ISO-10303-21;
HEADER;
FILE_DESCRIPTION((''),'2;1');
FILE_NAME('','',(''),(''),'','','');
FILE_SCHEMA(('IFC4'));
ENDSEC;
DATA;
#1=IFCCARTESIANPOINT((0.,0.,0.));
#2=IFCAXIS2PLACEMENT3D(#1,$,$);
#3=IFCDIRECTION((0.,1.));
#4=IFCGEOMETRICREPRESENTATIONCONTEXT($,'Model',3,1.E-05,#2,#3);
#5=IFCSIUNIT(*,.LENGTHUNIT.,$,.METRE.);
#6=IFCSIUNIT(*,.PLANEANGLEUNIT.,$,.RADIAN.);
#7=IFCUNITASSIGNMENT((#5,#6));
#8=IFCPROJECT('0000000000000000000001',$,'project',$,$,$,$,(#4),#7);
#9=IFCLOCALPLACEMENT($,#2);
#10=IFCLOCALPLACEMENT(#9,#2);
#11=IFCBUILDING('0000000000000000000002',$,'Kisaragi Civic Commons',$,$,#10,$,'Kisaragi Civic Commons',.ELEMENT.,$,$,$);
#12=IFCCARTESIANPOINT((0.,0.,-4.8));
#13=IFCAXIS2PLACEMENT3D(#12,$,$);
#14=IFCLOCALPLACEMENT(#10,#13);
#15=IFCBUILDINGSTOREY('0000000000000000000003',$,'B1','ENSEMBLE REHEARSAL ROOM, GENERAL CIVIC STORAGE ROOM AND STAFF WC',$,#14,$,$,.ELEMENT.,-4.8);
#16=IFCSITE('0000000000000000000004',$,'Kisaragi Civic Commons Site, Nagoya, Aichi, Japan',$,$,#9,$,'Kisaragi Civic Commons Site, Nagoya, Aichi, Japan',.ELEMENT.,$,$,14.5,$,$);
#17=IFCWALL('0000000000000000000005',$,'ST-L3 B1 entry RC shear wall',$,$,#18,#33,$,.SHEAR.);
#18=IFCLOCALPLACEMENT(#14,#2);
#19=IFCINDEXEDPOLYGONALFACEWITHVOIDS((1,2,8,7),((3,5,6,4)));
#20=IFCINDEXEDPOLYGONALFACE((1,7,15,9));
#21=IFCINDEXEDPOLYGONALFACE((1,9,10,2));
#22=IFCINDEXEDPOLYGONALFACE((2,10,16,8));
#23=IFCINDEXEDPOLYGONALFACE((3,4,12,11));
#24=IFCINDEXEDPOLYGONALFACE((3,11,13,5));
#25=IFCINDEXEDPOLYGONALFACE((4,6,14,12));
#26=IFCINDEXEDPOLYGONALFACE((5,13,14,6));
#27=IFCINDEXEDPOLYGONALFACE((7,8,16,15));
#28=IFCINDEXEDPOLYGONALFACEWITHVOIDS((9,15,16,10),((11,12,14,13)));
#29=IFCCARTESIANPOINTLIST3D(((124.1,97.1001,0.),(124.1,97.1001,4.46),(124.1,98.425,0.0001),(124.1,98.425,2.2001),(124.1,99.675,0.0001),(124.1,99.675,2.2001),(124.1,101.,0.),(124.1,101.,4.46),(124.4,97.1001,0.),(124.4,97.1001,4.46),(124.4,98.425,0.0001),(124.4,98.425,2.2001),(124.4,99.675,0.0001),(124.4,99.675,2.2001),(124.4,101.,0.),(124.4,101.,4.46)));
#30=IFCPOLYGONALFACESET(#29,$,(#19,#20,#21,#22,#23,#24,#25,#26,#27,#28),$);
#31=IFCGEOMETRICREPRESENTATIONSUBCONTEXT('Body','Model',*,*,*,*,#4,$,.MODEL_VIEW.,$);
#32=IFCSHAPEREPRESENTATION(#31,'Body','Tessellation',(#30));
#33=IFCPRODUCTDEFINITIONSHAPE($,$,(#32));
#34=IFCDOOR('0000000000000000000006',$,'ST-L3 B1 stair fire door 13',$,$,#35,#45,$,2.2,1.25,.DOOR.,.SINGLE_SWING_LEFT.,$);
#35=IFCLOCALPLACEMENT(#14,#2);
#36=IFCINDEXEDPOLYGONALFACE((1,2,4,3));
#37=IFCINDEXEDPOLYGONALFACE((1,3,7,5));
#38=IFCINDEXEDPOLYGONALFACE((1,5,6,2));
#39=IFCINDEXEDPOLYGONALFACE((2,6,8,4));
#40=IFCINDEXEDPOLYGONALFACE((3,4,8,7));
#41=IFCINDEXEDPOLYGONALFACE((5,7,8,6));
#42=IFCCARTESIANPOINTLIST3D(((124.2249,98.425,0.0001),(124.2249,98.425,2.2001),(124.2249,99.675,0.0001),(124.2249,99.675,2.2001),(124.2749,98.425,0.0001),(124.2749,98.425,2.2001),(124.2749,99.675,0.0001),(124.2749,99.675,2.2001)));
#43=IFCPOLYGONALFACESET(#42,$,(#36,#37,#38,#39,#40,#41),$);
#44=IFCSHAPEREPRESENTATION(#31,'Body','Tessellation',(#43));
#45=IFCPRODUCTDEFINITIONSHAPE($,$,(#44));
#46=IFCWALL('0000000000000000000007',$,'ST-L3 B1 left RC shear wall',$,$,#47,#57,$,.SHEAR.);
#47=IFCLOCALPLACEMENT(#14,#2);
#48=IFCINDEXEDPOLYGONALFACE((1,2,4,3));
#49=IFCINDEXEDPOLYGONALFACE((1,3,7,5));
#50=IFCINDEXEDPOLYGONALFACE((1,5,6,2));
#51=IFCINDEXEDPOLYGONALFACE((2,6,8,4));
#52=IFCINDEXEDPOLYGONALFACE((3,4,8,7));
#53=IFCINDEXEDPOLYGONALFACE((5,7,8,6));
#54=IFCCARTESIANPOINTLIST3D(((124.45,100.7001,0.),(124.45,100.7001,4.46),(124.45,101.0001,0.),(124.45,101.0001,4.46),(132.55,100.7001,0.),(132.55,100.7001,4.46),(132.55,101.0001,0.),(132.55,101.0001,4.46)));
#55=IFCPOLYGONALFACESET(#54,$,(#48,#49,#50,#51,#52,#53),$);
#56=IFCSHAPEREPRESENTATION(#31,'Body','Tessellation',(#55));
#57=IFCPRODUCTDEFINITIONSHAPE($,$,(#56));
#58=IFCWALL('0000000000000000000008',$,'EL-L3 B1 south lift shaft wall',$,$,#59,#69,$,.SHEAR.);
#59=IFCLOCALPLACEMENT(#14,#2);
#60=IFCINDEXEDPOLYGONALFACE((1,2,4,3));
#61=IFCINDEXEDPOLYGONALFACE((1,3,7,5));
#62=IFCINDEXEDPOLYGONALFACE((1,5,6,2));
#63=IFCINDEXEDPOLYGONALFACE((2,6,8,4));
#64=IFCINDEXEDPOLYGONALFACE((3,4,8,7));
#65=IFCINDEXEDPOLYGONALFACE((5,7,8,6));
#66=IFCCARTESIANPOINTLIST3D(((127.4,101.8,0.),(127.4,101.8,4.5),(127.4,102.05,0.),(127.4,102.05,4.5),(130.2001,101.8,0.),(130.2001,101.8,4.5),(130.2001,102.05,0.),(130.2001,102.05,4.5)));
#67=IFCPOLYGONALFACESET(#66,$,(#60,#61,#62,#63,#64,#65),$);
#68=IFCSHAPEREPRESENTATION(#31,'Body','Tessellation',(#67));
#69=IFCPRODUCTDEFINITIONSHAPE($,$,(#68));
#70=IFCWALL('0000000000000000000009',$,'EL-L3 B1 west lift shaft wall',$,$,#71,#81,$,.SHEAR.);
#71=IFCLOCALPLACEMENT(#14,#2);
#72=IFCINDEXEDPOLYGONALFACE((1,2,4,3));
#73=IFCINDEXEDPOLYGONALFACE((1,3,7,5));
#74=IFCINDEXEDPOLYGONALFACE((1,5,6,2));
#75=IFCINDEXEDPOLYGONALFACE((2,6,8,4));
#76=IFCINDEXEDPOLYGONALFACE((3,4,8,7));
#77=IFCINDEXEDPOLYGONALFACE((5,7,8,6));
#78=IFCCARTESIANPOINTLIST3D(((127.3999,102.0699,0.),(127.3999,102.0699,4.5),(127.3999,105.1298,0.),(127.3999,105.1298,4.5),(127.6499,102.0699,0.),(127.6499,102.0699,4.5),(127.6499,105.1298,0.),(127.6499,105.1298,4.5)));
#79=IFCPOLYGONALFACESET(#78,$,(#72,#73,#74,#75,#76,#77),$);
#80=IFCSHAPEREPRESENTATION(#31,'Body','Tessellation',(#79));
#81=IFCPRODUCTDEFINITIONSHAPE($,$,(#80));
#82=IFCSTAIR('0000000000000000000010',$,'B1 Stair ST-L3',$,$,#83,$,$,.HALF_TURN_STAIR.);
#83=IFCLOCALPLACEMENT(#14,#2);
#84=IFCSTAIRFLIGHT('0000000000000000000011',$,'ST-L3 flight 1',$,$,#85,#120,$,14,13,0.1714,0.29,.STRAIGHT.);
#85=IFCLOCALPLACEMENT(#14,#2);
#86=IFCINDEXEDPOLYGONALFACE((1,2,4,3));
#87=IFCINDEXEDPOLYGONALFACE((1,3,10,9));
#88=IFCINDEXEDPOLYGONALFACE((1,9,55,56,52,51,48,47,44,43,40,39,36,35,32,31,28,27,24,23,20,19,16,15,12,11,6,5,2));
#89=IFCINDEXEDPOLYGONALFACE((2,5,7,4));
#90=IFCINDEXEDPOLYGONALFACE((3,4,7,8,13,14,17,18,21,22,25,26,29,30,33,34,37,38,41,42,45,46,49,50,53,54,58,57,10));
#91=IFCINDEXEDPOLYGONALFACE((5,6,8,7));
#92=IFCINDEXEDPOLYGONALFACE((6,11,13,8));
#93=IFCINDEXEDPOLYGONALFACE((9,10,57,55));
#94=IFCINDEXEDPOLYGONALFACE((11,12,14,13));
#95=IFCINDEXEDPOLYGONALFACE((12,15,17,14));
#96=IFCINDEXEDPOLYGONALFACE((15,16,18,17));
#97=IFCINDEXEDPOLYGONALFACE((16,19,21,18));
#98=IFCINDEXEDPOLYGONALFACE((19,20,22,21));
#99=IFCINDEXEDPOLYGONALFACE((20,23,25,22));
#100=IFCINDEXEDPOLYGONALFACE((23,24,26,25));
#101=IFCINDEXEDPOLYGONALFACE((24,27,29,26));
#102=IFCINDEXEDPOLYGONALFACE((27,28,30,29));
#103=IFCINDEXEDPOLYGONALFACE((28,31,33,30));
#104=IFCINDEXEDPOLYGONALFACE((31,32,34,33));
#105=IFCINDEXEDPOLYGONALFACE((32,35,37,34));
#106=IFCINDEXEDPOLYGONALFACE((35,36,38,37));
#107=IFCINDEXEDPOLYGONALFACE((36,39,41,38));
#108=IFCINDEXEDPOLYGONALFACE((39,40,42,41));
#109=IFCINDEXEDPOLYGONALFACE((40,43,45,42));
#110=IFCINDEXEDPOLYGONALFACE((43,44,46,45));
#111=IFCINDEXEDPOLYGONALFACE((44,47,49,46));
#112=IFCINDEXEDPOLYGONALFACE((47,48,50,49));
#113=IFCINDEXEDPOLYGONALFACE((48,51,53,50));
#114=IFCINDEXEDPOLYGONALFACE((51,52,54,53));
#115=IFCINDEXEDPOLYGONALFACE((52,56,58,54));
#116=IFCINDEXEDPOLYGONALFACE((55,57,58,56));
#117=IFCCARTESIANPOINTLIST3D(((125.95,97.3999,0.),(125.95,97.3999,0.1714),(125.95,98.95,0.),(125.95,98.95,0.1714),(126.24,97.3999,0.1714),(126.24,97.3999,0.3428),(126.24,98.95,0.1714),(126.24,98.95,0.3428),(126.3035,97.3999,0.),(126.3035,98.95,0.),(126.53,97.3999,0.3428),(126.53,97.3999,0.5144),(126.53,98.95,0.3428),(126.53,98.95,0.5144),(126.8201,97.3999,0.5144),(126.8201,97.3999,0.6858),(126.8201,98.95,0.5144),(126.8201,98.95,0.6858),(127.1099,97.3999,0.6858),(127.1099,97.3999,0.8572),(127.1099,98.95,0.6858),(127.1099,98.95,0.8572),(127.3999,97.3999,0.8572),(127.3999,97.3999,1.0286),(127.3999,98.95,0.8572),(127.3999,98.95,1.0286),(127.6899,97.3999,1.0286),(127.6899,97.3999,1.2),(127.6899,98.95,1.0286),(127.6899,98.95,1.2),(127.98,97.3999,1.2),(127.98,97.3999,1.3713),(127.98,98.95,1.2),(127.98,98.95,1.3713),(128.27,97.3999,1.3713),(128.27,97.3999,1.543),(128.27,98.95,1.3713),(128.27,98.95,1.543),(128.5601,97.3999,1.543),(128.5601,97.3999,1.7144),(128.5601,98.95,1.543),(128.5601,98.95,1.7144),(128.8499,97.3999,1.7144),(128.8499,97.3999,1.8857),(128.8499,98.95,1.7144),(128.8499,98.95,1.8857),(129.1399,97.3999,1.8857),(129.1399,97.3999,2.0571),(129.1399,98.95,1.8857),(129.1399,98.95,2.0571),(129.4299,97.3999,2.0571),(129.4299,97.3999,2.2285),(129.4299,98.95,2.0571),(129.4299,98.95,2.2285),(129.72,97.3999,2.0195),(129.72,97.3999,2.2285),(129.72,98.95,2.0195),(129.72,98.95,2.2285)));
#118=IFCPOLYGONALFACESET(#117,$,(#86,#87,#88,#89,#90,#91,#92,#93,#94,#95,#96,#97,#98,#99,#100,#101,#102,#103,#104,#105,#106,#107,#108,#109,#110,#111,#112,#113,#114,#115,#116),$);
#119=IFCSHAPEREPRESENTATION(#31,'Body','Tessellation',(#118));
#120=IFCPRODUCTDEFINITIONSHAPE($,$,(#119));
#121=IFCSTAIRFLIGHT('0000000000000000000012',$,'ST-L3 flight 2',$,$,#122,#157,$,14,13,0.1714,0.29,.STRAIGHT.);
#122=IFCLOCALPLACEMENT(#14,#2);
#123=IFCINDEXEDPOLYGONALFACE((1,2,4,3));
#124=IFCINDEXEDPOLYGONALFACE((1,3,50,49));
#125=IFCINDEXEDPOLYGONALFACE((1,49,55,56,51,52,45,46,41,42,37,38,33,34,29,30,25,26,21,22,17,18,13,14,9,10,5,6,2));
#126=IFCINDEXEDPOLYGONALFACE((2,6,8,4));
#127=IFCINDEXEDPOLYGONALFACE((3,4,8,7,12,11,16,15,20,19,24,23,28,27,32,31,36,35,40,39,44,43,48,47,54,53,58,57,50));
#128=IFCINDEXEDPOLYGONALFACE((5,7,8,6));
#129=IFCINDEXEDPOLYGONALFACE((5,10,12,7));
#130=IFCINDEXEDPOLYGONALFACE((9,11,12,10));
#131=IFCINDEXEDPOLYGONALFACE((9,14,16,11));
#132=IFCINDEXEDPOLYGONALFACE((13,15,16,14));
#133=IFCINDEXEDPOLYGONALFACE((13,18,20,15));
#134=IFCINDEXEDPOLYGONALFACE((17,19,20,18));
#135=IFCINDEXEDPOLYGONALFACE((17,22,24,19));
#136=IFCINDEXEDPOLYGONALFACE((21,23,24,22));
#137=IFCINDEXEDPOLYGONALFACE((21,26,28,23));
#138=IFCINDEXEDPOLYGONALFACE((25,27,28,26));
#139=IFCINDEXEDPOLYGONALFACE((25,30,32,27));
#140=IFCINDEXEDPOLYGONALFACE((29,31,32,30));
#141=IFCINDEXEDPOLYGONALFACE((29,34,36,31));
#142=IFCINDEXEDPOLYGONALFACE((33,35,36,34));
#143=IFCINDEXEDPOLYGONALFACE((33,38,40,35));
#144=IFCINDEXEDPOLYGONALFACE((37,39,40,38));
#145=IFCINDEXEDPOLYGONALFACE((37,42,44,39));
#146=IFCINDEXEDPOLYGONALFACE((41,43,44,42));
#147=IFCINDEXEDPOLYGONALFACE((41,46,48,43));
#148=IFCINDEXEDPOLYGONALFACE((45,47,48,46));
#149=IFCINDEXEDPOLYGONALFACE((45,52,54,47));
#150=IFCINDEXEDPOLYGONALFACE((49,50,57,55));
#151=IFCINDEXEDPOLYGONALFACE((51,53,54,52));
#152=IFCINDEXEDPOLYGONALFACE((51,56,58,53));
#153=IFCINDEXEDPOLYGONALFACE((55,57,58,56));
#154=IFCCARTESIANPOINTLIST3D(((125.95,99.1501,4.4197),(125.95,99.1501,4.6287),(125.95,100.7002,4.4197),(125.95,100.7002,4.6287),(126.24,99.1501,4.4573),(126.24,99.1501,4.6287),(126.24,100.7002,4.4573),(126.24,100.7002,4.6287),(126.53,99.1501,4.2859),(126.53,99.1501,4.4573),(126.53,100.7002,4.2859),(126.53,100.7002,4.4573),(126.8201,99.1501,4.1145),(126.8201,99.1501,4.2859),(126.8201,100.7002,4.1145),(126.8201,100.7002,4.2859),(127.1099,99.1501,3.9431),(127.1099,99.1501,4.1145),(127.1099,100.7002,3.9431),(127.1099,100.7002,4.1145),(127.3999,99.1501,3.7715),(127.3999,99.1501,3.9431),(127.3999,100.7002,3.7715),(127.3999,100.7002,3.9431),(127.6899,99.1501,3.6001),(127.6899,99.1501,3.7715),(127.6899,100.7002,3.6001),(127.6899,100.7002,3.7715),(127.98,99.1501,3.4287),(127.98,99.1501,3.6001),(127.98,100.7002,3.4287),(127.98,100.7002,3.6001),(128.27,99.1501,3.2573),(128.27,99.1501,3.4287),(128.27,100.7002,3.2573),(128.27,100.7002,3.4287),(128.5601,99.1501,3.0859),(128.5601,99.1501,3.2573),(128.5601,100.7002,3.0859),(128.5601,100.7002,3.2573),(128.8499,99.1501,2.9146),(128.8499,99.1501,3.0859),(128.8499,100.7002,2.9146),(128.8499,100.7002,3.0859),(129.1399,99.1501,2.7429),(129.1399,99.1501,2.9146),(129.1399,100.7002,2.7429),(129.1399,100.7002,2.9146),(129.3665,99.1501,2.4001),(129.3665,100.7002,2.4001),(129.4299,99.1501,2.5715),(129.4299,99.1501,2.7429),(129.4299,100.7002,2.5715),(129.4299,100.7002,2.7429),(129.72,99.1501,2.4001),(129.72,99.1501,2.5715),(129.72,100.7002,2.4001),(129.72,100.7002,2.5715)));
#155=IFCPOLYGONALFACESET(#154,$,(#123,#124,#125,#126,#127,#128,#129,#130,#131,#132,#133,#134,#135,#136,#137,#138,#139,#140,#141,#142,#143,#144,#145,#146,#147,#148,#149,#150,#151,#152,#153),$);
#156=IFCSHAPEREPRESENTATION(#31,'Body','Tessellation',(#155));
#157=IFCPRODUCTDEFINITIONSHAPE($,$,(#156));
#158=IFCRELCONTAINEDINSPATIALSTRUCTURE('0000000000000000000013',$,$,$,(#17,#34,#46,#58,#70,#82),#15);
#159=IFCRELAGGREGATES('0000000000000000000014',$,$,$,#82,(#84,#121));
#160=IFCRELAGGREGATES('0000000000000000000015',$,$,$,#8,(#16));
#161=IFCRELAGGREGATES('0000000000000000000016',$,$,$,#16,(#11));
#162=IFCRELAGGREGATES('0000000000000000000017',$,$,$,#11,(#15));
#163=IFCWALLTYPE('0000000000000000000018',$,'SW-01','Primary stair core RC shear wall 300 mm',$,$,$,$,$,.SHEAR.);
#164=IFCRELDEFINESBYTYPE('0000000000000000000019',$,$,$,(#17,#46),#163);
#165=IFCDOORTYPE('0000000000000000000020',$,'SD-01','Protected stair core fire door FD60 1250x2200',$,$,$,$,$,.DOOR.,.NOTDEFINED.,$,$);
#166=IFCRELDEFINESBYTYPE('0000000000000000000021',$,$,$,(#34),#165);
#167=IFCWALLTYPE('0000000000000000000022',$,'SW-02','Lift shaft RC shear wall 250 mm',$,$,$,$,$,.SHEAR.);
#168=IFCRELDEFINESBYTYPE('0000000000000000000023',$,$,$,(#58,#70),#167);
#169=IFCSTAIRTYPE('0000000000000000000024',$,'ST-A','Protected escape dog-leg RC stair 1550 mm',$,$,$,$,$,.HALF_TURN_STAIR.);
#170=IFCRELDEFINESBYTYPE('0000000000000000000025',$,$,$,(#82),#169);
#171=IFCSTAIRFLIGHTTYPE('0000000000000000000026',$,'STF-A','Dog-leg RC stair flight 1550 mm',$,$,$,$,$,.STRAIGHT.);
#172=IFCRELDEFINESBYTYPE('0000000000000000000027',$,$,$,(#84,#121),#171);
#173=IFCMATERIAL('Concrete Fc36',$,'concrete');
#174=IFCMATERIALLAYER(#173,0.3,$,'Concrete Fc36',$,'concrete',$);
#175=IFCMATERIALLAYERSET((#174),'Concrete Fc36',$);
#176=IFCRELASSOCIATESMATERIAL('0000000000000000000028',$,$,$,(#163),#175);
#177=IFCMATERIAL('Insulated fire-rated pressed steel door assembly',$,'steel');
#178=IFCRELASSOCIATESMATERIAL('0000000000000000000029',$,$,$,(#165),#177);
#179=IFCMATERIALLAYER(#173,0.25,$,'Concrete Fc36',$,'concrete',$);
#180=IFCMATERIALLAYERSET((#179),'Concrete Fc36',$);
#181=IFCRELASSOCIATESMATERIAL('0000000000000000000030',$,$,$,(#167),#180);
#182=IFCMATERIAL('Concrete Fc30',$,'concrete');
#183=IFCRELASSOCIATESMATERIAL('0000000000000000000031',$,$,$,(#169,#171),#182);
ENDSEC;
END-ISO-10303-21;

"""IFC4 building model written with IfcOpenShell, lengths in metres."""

from ifc_helpers import new_model, si_unit, direction, frame, frame_2d, origin, place, context, subcontext, project, spatial, polyline, rectangle, outline, extrude, material, layer, layer_set, type_object, element, fill, aggregate, save


model = new_model("IFC4")

# Units and contexts
model_context = context("Model", 3, precision=1e-05, world=origin(), true_north=direction((0.0, 1.0)))
body_context = subcontext(model_context, "Body", "Model", "MODEL_VIEW")
ifc_project = project(units=[si_unit("LENGTHUNIT", "METRE"), si_unit("PLANEANGLEUNIT", "RADIAN")], contexts=[model_context])

# Site, building, storey
site_placement = place(None, origin())
site = spatial("IfcSite", under=ifc_project, at=site_placement, Name="Kisaragi Civic Commons Site, Nagoya, Aichi, Japan", LongName="Kisaragi Civic Commons Site, Nagoya, Aichi, Japan", CompositionType="ELEMENT", RefElevation=14.5)
building_placement = place(site_placement, origin())
building = spatial("IfcBuilding", under=site, at=building_placement, Name="Kisaragi Civic Commons", LongName="Kisaragi Civic Commons", CompositionType="ELEMENT")
storey_placement = place(building_placement, frame((0.0, 0.0, -4.8)))
storey = spatial("IfcBuildingStorey", under=building, at=storey_placement, Name="B1", Description="ENSEMBLE REHEARSAL ROOM, GENERAL CIVIC STORAGE ROOM AND STAFF WC", CompositionType="ELEMENT", Elevation=-4.8)

# Shared definitions
ifc_material_1 = material(Name="Concrete Fc36", Category="concrete")

# Wall, opening, door
ifc_layer_1 = layer(ifc_material_1, 0.3, Name="Concrete Fc36", Category="concrete")
ifc_layer_set_1 = layer_set([ifc_layer_1], Name="Concrete Fc36")
wall_type_1 = type_object("IfcWallType", Name="SW-01", Description="Primary stair core RC shear wall 300 mm", PredefinedType="SHEAR", material=ifc_layer_set_1)
wall_1_placement = place(storey_placement, frame((124.25, 101.0, 0.0), z_axis=(0.0, 0.0, 1.0), x_axis=(0.0, -1.0, 0.0)))
wall_1 = element("IfcWall", 1, at=wall_1_placement, inside=storey, type_object=wall_type_1, Name="ST-L3 B1 entry RC shear wall", PredefinedType="SHEAR", context=body_context, shape_type="SweptSolid", body=[
    extrude(rectangle(XDim=3.8999, YDim=0.3, at=frame_2d((1.95, 0.0))), origin(), (0.0, 0.0, 1.0), 4.46),
])
opening_placement = place(wall_1_placement, frame((1.325, 0.0, 0.0)))
opening = element("IfcOpeningElement", 2, at=opening_placement, cuts=wall_1, PredefinedType="OPENING", context=body_context, shape_type="SweptSolid", body=[
    extrude(rectangle(XDim=1.25, YDim=2.2, at=frame_2d((0.625, 1.1001))), frame((0.0, 0.1599, 0.0), z_axis=(0.0, -1.0, 0.0), x_axis=(1.0, 0.0, 0.0)), (0.0, 0.0, 1.0), 0.3201),
])
ifc_material_2 = material(Name="Insulated fire-rated pressed steel door assembly", Category="steel")
door_type = type_object("IfcDoorType", Name="SD-01", Description="Protected stair core fire door FD60 1250x2200", OperationType="NOTDEFINED", PredefinedType="DOOR", material=ifc_material_2)
door_placement = place(opening_placement, origin())
door = element("IfcDoor", 3, at=door_placement, inside=storey, type_object=door_type, Name="ST-L3 B1 stair fire door 13", OperationType="SINGLE_SWING_LEFT", OverallHeight=2.2, OverallWidth=1.25, PredefinedType="DOOR", context=body_context, shape_type="SweptSolid", body=[
    extrude(rectangle(XDim=1.25, YDim=2.2, at=frame_2d((0.625, 1.1001))), frame((0.0, 0.0249, 0.0), z_axis=(0.0, -1.0, 0.0), x_axis=(1.0, 0.0, 0.0)), (0.0, 0.0, 1.0), 0.05),
])
fill(opening, door)

# Walls
wall_2_placement = place(storey_placement, frame((132.55, 100.8501, 0.0), z_axis=(0.0, 0.0, 1.0), x_axis=(-1.0, 0.0, 0.0)))
element("IfcWall", 4, at=wall_2_placement, inside=storey, type_object=wall_type_1, Name="ST-L3 B1 left RC shear wall", PredefinedType="SHEAR", context=body_context, shape_type="SweptSolid", body=[
    extrude(rectangle(XDim=8.1001, YDim=0.3, at=frame_2d((4.05, 0.0))), origin(), (0.0, 0.0, 1.0), 4.46),
])
ifc_layer_2 = layer(ifc_material_1, 0.25, Name="Concrete Fc36", Category="concrete")
ifc_layer_set_2 = layer_set([ifc_layer_2], Name="Concrete Fc36")
wall_type_2 = type_object("IfcWallType", Name="SW-02", Description="Lift shaft RC shear wall 250 mm", PredefinedType="SHEAR", material=ifc_layer_set_2)
wall_3_placement = place(storey_placement, frame((130.2, 101.925, 0.0), z_axis=(0.0, 0.0, 1.0), x_axis=(-1.0, 0.0, 0.0)))
element("IfcWall", 5, at=wall_3_placement, inside=storey, type_object=wall_type_2, Name="EL-L3 B1 south lift shaft wall", PredefinedType="SHEAR", context=body_context, shape_type="SweptSolid", body=[
    extrude(rectangle(XDim=2.8, YDim=0.25, at=frame_2d((1.3999, 0.0))), origin(), (0.0, 0.0, 1.0), 4.5),
])
wall_4_placement = place(storey_placement, frame((127.5249, 102.0701, 0.0), z_axis=(0.0, 0.0, 1.0), x_axis=(0.0, 1.0, 0.0)))
element("IfcWall", 6, at=wall_4_placement, inside=storey, type_object=wall_type_2, Name="EL-L3 B1 west lift shaft wall", PredefinedType="SHEAR", context=body_context, shape_type="SweptSolid", body=[
    extrude(rectangle(XDim=3.0598, YDim=0.25, at=frame_2d((1.5298, 0.0))), origin(), (0.0, 0.0, 1.0), 4.5),
])

# Stair, stair flights
ifc_material_3 = material(Name="Concrete Fc30", Category="concrete")
stair_type = type_object("IfcStairType", Name="ST-A", Description="Protected escape dog-leg RC stair 1550 mm", PredefinedType="HALF_TURN_STAIR", material=ifc_material_3)
stair_placement = place(storey_placement, origin())
stair = element("IfcStair", 7, at=stair_placement, inside=storey, type_object=stair_type, Name="B1 Stair ST-L3", PredefinedType="HALF_TURN_STAIR")
stair_flight_type = type_object("IfcStairFlightType", Name="STF-A", Description="Dog-leg RC stair flight 1550 mm", PredefinedType="STRAIGHT", material=ifc_material_3)
stair_flight_1_placement = place(storey_placement, frame((125.95, 98.175, 0.0), z_axis=(0.0, 0.0, 1.0), x_axis=(1.0, 0.0, 0.0)))
stair_flight_1 = element("IfcStairFlight", 8, at=stair_flight_1_placement, type_object=stair_flight_type, Name="ST-L3 flight 1", NumberOfRisers=14, NumberOfTreads=13, PredefinedType="STRAIGHT", RiserHeight=0.1714, TreadLength=0.29, context=body_context, shape_type="SweptSolid", body=[
    extrude(outline(polyline([(0.0, 0.0), (0.0, 0.1714), (0.29, 0.1714), (0.29, 0.3428), (0.5801, 0.3428), (0.5801, 0.5144), (0.8701, 0.5144), (0.8701, 0.6858), (1.1599, 0.6858), (1.1599, 0.8572), (1.45, 0.8572), (1.45, 1.0286), (1.74, 1.0286), (1.74, 1.2), (2.03, 1.2), (2.03, 1.3713), (2.3201, 1.3713), (2.3201, 1.543), (2.6101, 1.543), (2.6101, 1.7144), (2.8999, 1.7144), (2.8999, 1.8857), (3.1899, 1.8857), (3.1899, 2.0571), (3.48, 2.0571), (3.48, 2.2285), (3.77, 2.2285), (3.77, 2.3999), (3.77, 2.0195), (0.3535, 0.0), (0.0, 0.0)])), frame((0.0, 0.7749, 0.0), z_axis=(0.0, -1.0, 0.0), x_axis=(1.0, 0.0, 0.0)), (0.0, 0.0, 1.0), 1.55),
])
stair_flight_2_placement = place(storey_placement, frame((129.72, 99.925, 2.4001), z_axis=(0.0, 0.0, 1.0), x_axis=(-1.0, 0.0, 0.0)))
stair_flight_2 = element("IfcStairFlight", 9, at=stair_flight_2_placement, type_object=stair_flight_type, Name="ST-L3 flight 2", NumberOfRisers=14, NumberOfTreads=13, PredefinedType="STRAIGHT", RiserHeight=0.1714, TreadLength=0.29, context=body_context, shape_type="SweptSolid", body=[
    extrude(outline(polyline([(0.0, 0.0), (0.0, 0.1714), (0.29, 0.1714), (0.29, 0.3428), (0.5801, 0.3428), (0.5801, 0.5144), (0.8701, 0.5144), (0.8701, 0.6858), (1.1599, 0.6858), (1.1599, 0.8572), (1.45, 0.8572), (1.45, 1.0286), (1.74, 1.0286), (1.74, 1.2), (2.03, 1.2), (2.03, 1.3713), (2.3201, 1.3713), (2.3201, 1.543), (2.6101, 1.543), (2.6101, 1.7144), (2.8999, 1.7144), (2.8999, 1.8857), (3.1899, 1.8857), (3.1899, 2.0571), (3.48, 2.0571), (3.48, 2.2285), (3.77, 2.2285), (3.77, 2.3999), (3.77, 2.0195), (0.3535, 0.0), (0.0, 0.0)])), frame((0.0, 0.7749, 0.0), z_axis=(0.0, -1.0, 0.0), x_axis=(1.0, 0.0, 0.0)), (0.0, 0.0, 1.0), 1.55),
])
aggregate(stair, [stair_flight_1, stair_flight_2])

save(model, "model.ifc")
